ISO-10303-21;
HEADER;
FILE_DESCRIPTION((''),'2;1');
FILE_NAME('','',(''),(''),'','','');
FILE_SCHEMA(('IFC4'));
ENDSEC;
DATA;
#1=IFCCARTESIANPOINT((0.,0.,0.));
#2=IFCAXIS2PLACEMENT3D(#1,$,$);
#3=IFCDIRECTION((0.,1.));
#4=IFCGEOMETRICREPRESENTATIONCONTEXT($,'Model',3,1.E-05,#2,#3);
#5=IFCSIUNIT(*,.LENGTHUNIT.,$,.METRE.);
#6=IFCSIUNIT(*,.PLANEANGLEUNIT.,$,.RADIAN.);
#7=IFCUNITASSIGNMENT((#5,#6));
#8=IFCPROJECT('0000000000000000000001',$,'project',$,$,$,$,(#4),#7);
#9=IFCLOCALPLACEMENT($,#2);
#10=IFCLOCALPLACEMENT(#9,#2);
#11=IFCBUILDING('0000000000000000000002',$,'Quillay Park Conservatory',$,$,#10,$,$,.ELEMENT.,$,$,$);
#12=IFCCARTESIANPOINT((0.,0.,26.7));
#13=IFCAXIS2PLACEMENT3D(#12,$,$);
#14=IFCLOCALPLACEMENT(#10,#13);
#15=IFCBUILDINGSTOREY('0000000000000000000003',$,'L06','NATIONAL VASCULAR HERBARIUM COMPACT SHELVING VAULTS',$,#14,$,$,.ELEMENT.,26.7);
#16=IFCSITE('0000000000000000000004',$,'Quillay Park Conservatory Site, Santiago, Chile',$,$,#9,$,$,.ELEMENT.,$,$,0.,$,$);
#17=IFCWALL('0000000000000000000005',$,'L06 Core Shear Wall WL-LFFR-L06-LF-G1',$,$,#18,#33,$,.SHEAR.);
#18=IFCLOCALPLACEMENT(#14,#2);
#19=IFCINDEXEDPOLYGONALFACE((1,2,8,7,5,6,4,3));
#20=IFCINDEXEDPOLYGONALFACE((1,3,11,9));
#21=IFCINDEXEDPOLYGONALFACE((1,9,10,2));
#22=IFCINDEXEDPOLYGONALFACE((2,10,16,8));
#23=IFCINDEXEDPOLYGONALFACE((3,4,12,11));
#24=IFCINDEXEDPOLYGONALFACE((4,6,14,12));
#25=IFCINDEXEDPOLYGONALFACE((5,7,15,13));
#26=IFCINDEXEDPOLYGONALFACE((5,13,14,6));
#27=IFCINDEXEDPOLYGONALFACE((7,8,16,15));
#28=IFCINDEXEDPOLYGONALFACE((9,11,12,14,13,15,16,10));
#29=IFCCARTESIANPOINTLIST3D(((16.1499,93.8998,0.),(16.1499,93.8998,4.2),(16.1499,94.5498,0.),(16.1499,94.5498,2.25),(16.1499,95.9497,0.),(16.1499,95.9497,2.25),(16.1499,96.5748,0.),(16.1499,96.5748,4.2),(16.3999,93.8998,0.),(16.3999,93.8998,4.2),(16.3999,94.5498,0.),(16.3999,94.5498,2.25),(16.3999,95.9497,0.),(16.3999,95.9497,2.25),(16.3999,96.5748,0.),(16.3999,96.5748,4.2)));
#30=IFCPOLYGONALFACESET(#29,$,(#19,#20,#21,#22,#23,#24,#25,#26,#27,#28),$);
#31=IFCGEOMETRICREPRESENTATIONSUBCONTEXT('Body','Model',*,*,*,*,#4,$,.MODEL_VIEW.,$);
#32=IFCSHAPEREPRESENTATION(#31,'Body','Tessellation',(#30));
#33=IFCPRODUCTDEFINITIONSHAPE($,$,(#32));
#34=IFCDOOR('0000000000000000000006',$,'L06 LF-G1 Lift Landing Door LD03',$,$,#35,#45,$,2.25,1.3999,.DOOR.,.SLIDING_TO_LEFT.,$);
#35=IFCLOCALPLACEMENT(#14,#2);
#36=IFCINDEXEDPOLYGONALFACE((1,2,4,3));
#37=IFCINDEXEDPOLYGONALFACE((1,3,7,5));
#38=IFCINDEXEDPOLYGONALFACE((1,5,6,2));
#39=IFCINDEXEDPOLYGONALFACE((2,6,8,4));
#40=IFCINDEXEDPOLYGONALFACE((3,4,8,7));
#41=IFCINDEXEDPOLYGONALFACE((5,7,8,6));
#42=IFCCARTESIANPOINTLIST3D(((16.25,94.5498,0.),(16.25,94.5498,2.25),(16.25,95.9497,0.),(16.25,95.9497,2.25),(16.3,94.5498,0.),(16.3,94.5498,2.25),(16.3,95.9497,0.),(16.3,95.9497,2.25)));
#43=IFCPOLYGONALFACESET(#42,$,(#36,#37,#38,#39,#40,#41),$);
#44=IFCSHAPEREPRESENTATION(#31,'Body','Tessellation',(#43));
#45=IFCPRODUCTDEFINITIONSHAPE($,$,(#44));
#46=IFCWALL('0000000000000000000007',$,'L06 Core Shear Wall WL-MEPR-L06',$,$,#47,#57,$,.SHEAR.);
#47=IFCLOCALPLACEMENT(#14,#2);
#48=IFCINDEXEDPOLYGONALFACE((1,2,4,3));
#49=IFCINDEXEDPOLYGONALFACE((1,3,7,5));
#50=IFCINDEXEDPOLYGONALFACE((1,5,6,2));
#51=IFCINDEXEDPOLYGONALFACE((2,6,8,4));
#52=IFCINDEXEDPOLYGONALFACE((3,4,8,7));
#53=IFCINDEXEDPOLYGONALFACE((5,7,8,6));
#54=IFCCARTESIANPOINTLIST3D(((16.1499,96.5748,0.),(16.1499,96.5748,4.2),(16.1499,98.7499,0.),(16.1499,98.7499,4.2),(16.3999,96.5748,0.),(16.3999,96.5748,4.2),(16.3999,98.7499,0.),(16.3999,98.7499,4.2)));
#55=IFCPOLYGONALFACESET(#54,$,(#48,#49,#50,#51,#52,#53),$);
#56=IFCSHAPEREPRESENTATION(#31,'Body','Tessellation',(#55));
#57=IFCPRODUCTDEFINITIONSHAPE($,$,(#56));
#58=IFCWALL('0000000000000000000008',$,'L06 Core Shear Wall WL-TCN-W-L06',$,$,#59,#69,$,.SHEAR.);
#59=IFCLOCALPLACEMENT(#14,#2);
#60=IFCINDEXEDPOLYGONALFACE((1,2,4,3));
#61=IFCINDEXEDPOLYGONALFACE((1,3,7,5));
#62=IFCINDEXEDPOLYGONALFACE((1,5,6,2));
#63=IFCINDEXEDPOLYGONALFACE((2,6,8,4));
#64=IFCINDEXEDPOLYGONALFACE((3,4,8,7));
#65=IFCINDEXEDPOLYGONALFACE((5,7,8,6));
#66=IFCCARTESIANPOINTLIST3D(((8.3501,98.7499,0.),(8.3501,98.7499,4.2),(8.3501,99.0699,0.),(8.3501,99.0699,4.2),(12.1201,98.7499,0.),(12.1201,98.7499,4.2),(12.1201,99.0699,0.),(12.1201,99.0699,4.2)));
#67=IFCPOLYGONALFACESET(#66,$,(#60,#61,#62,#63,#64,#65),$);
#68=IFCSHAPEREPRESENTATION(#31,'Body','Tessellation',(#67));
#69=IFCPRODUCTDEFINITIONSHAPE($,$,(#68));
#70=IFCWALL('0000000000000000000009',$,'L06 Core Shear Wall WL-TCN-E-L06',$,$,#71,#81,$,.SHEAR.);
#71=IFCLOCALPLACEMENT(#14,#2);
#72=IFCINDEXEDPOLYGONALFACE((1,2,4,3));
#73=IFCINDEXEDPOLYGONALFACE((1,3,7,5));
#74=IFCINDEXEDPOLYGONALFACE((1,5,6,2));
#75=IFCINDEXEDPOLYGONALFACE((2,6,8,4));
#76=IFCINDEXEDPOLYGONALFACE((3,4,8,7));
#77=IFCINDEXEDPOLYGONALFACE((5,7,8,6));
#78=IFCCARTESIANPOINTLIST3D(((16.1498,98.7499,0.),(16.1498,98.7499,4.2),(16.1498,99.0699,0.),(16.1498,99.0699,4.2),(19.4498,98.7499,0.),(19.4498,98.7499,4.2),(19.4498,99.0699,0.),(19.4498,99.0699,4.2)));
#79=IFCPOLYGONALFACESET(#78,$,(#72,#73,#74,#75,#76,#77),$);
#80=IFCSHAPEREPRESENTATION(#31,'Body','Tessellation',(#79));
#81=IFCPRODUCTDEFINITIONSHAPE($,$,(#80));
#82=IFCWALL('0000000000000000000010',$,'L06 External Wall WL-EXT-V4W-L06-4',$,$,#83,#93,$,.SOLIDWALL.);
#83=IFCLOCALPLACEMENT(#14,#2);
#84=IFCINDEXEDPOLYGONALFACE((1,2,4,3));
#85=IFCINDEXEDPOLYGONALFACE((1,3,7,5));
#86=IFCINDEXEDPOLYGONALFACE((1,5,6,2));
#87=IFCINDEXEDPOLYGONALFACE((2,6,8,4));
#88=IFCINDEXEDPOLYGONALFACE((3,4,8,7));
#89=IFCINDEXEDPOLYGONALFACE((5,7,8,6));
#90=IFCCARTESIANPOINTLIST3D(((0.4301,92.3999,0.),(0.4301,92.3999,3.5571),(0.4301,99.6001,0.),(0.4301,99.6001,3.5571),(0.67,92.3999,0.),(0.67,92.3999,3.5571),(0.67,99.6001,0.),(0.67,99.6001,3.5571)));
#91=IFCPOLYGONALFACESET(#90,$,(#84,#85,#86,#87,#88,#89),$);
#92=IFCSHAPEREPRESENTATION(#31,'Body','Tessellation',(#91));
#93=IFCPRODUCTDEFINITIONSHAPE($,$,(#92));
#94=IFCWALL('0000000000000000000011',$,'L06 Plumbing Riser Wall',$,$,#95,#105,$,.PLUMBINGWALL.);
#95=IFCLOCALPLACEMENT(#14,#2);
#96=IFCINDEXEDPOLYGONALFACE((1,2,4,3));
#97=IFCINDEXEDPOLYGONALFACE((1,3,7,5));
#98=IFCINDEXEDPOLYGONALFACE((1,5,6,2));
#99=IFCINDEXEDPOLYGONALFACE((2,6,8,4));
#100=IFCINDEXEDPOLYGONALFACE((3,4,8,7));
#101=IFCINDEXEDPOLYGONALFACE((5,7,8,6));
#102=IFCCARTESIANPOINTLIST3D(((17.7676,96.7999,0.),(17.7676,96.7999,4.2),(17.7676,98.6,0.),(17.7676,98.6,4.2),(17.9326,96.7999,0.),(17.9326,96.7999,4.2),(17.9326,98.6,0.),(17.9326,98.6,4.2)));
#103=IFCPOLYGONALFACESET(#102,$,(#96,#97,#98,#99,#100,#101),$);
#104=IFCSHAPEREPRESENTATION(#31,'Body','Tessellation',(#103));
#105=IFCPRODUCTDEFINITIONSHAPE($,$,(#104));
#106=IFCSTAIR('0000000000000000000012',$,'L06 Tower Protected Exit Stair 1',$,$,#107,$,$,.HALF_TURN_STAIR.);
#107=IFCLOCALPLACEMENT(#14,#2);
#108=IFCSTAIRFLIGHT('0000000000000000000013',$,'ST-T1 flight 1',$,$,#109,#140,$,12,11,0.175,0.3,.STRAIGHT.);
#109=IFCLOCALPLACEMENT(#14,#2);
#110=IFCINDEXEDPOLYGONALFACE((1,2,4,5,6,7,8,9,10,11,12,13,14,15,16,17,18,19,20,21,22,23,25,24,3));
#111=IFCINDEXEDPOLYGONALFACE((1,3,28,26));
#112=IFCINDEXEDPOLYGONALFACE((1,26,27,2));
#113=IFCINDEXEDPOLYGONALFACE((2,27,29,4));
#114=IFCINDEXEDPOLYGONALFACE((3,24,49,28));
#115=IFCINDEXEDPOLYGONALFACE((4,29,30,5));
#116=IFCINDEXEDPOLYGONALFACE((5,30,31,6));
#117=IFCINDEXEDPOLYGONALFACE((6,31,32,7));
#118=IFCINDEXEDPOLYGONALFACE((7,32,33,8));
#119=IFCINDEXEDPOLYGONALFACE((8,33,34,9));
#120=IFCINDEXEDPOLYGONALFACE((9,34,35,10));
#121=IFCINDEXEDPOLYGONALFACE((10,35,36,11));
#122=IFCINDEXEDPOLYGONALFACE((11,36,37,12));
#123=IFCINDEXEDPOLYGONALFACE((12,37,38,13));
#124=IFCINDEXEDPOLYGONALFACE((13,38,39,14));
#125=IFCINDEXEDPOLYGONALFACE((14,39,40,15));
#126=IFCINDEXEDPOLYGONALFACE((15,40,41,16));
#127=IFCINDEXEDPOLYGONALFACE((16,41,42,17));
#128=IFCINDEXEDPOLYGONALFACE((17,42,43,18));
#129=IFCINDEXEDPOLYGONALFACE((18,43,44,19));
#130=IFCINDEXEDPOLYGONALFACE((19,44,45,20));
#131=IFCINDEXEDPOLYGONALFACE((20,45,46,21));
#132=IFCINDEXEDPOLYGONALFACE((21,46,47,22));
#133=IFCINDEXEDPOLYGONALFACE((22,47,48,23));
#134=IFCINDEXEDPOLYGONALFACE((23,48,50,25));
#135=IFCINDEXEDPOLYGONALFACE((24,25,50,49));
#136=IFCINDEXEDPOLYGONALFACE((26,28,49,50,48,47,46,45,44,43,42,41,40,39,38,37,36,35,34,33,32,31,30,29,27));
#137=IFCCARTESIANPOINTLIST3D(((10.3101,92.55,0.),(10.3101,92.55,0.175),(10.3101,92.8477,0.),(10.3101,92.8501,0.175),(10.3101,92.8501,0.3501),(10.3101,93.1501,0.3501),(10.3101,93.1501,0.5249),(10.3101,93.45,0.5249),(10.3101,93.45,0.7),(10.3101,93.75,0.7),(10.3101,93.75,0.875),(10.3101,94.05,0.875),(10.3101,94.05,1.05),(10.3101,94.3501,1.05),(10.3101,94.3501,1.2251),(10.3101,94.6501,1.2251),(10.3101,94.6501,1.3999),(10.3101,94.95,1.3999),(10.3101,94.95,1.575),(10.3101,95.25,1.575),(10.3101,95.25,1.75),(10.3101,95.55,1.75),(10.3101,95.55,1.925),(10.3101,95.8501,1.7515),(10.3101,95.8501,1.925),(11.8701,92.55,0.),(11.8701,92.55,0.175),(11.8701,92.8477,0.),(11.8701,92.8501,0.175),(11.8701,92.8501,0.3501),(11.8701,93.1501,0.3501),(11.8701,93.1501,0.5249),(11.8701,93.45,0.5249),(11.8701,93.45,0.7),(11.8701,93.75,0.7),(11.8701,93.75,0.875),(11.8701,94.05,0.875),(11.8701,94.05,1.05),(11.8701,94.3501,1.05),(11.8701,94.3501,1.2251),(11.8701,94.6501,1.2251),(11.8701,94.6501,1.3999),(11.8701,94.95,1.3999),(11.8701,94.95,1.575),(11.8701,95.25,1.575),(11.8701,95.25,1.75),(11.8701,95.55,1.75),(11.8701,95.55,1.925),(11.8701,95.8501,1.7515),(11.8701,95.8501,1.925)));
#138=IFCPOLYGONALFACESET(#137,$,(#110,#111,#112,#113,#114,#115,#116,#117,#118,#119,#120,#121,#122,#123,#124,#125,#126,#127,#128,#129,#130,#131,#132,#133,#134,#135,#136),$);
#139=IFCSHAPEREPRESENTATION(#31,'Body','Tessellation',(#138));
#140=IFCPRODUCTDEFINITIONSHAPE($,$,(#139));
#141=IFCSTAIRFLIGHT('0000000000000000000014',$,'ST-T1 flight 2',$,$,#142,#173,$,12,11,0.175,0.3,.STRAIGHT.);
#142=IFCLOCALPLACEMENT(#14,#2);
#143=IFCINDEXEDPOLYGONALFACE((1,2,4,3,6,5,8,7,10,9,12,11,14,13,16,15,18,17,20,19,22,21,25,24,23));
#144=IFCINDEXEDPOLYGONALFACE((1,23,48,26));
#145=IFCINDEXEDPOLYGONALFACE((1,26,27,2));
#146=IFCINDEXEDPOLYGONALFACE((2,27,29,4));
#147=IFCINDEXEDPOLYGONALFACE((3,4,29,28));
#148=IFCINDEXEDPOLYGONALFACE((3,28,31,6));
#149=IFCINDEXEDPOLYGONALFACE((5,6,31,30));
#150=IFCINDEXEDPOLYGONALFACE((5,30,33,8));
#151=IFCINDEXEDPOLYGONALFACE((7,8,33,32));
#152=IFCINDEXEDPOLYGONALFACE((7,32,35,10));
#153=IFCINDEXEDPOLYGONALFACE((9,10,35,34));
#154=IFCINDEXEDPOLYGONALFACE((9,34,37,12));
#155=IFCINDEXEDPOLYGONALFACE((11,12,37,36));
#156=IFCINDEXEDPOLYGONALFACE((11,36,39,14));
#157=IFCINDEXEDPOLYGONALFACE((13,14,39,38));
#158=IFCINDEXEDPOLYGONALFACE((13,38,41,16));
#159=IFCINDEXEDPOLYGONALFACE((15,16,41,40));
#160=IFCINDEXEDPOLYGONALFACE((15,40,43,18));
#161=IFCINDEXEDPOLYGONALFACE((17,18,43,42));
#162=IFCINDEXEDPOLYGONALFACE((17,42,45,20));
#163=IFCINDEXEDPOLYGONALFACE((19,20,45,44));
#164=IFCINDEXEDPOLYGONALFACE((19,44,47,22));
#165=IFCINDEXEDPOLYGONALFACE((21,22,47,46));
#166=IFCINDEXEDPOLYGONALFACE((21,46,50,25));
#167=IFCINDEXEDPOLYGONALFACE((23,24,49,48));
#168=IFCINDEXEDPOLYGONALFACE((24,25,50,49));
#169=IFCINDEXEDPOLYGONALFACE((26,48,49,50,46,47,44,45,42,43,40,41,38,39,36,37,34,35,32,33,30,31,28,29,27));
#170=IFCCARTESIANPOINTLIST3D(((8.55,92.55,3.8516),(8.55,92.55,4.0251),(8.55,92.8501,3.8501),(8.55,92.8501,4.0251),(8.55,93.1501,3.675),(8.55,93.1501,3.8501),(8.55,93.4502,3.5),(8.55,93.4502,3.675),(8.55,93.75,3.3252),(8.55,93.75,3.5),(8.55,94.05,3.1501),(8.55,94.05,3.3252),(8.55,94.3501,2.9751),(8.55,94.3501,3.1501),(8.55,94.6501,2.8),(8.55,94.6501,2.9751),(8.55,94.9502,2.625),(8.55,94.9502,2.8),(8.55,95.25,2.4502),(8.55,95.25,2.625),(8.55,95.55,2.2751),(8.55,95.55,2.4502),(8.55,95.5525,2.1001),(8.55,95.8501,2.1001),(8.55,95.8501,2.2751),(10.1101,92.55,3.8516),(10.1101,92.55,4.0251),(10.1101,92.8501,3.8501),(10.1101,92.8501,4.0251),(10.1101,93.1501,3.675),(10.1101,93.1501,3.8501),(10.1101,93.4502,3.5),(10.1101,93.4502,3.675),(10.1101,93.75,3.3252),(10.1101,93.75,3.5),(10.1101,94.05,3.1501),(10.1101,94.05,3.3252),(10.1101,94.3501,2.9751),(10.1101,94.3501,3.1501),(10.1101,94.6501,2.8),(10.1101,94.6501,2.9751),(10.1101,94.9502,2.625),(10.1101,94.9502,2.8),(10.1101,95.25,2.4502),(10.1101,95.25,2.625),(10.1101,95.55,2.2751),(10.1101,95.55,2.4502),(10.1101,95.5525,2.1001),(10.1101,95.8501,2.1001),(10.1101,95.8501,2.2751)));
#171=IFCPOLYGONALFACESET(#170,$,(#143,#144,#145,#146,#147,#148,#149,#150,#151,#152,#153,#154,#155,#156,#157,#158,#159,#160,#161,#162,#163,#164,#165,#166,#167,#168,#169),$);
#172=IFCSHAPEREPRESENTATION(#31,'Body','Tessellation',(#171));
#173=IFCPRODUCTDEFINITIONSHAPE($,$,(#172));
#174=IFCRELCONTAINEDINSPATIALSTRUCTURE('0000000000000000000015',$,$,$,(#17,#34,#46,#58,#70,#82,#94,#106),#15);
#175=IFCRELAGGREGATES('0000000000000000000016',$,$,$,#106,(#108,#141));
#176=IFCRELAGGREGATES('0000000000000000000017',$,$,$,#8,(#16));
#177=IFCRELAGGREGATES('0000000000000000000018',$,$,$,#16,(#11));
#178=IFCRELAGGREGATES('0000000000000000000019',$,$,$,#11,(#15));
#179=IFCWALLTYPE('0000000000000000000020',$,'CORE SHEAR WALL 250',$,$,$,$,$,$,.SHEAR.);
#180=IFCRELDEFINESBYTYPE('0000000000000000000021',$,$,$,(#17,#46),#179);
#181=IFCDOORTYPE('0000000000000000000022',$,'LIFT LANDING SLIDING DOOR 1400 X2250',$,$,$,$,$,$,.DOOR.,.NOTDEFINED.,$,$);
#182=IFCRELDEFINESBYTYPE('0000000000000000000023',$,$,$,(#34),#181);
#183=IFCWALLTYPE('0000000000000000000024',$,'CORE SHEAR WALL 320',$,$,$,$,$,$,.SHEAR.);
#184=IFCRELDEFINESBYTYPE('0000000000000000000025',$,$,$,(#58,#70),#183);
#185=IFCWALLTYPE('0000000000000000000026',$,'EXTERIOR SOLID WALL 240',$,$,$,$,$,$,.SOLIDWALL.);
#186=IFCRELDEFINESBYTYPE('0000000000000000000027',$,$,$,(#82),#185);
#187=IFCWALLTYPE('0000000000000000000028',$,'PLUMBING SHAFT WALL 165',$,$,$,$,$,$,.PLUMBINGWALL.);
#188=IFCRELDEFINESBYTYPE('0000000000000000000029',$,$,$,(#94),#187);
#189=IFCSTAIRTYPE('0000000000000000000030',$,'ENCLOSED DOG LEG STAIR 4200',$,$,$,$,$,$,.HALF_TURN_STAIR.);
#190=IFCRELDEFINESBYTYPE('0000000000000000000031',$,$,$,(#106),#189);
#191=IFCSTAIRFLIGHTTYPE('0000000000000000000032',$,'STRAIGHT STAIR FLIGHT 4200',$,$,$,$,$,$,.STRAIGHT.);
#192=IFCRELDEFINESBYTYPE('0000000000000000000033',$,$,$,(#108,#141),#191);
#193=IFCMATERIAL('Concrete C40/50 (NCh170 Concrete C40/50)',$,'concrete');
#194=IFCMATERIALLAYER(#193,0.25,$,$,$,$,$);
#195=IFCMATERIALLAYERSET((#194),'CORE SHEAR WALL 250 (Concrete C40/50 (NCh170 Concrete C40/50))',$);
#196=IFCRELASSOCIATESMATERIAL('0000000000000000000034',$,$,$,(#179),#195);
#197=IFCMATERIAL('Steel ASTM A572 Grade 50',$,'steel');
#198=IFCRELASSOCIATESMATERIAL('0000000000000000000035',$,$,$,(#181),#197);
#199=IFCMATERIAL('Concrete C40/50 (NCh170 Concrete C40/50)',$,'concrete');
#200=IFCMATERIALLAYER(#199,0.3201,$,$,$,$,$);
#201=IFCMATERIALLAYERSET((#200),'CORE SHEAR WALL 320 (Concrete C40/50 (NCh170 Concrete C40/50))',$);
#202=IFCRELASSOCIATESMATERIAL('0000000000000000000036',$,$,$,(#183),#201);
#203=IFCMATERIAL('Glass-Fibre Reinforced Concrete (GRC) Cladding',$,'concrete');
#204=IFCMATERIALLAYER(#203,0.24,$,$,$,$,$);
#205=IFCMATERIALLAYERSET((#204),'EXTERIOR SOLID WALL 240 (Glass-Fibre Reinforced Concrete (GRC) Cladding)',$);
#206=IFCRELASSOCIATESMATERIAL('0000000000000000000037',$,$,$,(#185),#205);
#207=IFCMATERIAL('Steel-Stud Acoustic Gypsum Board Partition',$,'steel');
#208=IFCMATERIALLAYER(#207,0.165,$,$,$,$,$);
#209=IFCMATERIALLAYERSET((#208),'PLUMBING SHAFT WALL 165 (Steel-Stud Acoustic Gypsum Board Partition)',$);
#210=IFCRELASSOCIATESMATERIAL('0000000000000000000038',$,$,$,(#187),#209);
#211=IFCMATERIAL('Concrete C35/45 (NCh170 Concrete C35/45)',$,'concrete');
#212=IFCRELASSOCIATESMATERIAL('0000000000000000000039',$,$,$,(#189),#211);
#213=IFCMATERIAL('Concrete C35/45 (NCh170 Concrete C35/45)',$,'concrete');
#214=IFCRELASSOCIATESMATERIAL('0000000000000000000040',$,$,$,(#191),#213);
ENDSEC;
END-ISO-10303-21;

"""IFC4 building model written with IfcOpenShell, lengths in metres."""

from ifc_helpers import new_model, si_unit, direction, frame, frame_2d, origin, place, context, subcontext, project, spatial, polyline, rectangle, outline, extrude, material, layer, layer_set, type_object, element, fill, aggregate, save


model = new_model("IFC4")

# Units and contexts
model_context = context("Model", 3, precision=1e-05, world=origin(), true_north=direction((0.0, 1.0)))
body_context = subcontext(model_context, "Body", "Model", "MODEL_VIEW")
ifc_project = project(units=[si_unit("LENGTHUNIT", "METRE"), si_unit("PLANEANGLEUNIT", "RADIAN")], contexts=[model_context])

# Site, building, storey
site_placement = place(None, origin())
site = spatial("IfcSite", under=ifc_project, at=site_placement, Name="Quillay Park Conservatory Site, Santiago, Chile", CompositionType="ELEMENT", RefElevation=0.0)
building_placement = place(site_placement, origin())
building = spatial("IfcBuilding", under=site, at=building_placement, Name="Quillay Park Conservatory", CompositionType="ELEMENT")
storey_placement = place(building_placement, frame((0.0, 0.0, 26.7)))
storey = spatial("IfcBuildingStorey", under=building, at=storey_placement, Name="L06", Description="NATIONAL VASCULAR HERBARIUM COMPACT SHELVING VAULTS", CompositionType="ELEMENT", Elevation=26.7)

# Wall, opening, door
ifc_material_1 = material(Name="Concrete C40/50 (NCh170 Concrete C40/50)", Category="concrete")
ifc_layer_1 = layer(ifc_material_1, 0.25)
ifc_layer_set_1 = layer_set([ifc_layer_1], Name="CORE SHEAR WALL 250 (Concrete C40/50 (NCh170 Concrete C40/50))")
wall_type_1 = type_object("IfcWallType", Name="CORE SHEAR WALL 250", PredefinedType="SHEAR", material=ifc_layer_set_1)
wall_1_placement = place(storey_placement, frame((16.2749, 93.8999, 0.0), z_axis=(0.0, 0.0, 1.0), x_axis=(0.0, 1.0, 0.0)))
wall_1 = element("IfcWall", 1, at=wall_1_placement, inside=storey, type_object=wall_type_1, Name="L06 Core Shear Wall WL-LFFR-L06-LF-G1", PredefinedType="SHEAR", context=body_context, shape_type="SweptSolid", body=[
    extrude(rectangle(XDim=2.675, YDim=0.25, at=frame_2d((1.3374, 0.0))), origin(), (0.0, 0.0, 1.0), 4.2),
])
opening_1_placement = place(wall_1_placement, frame((0.6499, 0.0, 0.0)))
opening_1 = element("IfcOpeningElement", 2, at=opening_1_placement, cuts=wall_1, PredefinedType="OPENING", context=body_context, shape_type="SweptSolid", body=[
    extrude(rectangle(XDim=1.3999, YDim=2.25, at=frame_2d((0.7, 1.125))), frame((0.0, 0.125, 0.0), z_axis=(0.0, -1.0, 0.0), x_axis=(1.0, 0.0, 0.0)), (0.0, 0.0, 1.0), 0.25),
])
ifc_material_2 = material(Name="Steel ASTM A572 Grade 50", Category="steel")
door_type_1 = type_object("IfcDoorType", Name="LIFT LANDING SLIDING DOOR 1400 X2250", OperationType="NOTDEFINED", PredefinedType="DOOR", material=ifc_material_2)
door_1_placement = place(opening_1_placement, origin())
door_1 = element("IfcDoor", 3, at=door_1_placement, inside=storey, type_object=door_type_1, Name="L06 LF-G1 Lift Landing Door LD03", OperationType="SLIDING_TO_LEFT", OverallHeight=2.25, OverallWidth=1.3999, PredefinedType="DOOR", context=body_context, shape_type="SweptSolid", body=[
    extrude(rectangle(XDim=1.3999, YDim=2.25, at=frame_2d((0.7, 1.125))), frame((0.0, 0.0249, 0.0), z_axis=(0.0, -1.0, 0.0), x_axis=(1.0, 0.0, 0.0)), (0.0, 0.0, 1.0), 0.05),
])
fill(opening_1, door_1)

# Walls
wall_2_placement = place(storey_placement, frame((16.2749, 96.575, 0.0), z_axis=(0.0, 0.0, 1.0), x_axis=(0.0, 1.0, 0.0)))
element("IfcWall", 4, at=wall_2_placement, inside=storey, type_object=wall_type_1, Name="L06 Core Shear Wall WL-MEPR-L06", PredefinedType="SHEAR", context=body_context, shape_type="SweptSolid", body=[
    extrude(rectangle(XDim=2.175, YDim=0.25, at=frame_2d((1.0874, 0.0))), origin(), (0.0, 0.0, 1.0), 4.2),
])
ifc_material_3 = material(Name="Concrete C40/50 (NCh170 Concrete C40/50)", Category="concrete")
ifc_layer_2 = layer(ifc_material_3, 0.3201)
ifc_layer_set_2 = layer_set([ifc_layer_2], Name="CORE SHEAR WALL 320 (Concrete C40/50 (NCh170 Concrete C40/50))")
wall_type_2 = type_object("IfcWallType", Name="CORE SHEAR WALL 320", PredefinedType="SHEAR", material=ifc_layer_set_2)
wall_3_placement = place(storey_placement, frame((8.3501, 98.9099, 0.0), z_axis=(0.0, 0.0, 1.0), x_axis=(1.0, 0.0, 0.0)))
element("IfcWall", 5, at=wall_3_placement, inside=storey, type_object=wall_type_2, Name="L06 Core Shear Wall WL-TCN-W-L06", PredefinedType="SHEAR", context=body_context, shape_type="SweptSolid", body=[
    extrude(rectangle(XDim=3.77, YDim=0.3201, at=frame_2d((1.885, 0.0))), origin(), (0.0, 0.0, 1.0), 4.2),
])
wall_4_placement = place(storey_placement, frame((16.1499, 98.9099, 0.0), z_axis=(0.0, 0.0, 1.0), x_axis=(1.0, 0.0, 0.0)))
element("IfcWall", 6, at=wall_4_placement, inside=storey, type_object=wall_type_2, Name="L06 Core Shear Wall WL-TCN-E-L06", PredefinedType="SHEAR", context=body_context, shape_type="SweptSolid", body=[
    extrude(rectangle(XDim=3.3, YDim=0.3201, at=frame_2d((1.6499, 0.0))), origin(), (0.0, 0.0, 1.0), 4.2),
])
ifc_material_4 = material(Name="Glass-Fibre Reinforced Concrete (GRC) Cladding", Category="concrete")
ifc_layer_3 = layer(ifc_material_4, 0.24)
ifc_layer_set_3 = layer_set([ifc_layer_3], Name="EXTERIOR SOLID WALL 240 (Glass-Fibre Reinforced Concrete (GRC) Cladding)")
wall_type_3 = type_object("IfcWallType", Name="EXTERIOR SOLID WALL 240", PredefinedType="SOLIDWALL", material=ifc_layer_set_3)
wall_5_placement = place(storey_placement, frame((0.55, 92.3999, 0.0), z_axis=(0.0, 0.0, 1.0), x_axis=(0.0, 1.0, 0.0)))
element("IfcWall", 7, at=wall_5_placement, inside=storey, type_object=wall_type_3, Name="L06 External Wall WL-EXT-V4W-L06-4", PredefinedType="SOLIDWALL", context=body_context, shape_type="SweptSolid", body=[
    extrude(rectangle(XDim=7.2002, YDim=0.24, at=frame_2d((3.6001, 0.0))), origin(), (0.0, 0.0, 1.0), 3.5571),
])
ifc_material_5 = material(Name="Steel-Stud Acoustic Gypsum Board Partition", Category="steel")
ifc_layer_4 = layer(ifc_material_5, 0.165)
ifc_layer_set_4 = layer_set([ifc_layer_4], Name="PLUMBING SHAFT WALL 165 (Steel-Stud Acoustic Gypsum Board Partition)")
wall_type_4 = type_object("IfcWallType", Name="PLUMBING SHAFT WALL 165", PredefinedType="PLUMBINGWALL", material=ifc_layer_set_4)
wall_6_placement = place(storey_placement, frame((17.8501, 96.8, 0.0), z_axis=(0.0, 0.0, 1.0), x_axis=(0.0, 1.0, 0.0)))
element("IfcWall", 8, at=wall_6_placement, inside=storey, type_object=wall_type_4, Name="L06 Plumbing Riser Wall", PredefinedType="PLUMBINGWALL", context=body_context, shape_type="SweptSolid", body=[
    extrude(rectangle(XDim=1.8, YDim=0.165, at=frame_2d((0.8999, 0.0))), origin(), (0.0, 0.0, 1.0), 4.2),
])

# Stair, stair flights
ifc_material_6 = material(Name="Concrete C35/45 (NCh170 Concrete C35/45)", Category="concrete")
stair_type = type_object("IfcStairType", Name="ENCLOSED DOG LEG STAIR 4200", PredefinedType="HALF_TURN_STAIR", material=ifc_material_6)
stair_placement = place(storey_placement, origin())
stair = element("IfcStair", 9, at=stair_placement, inside=storey, type_object=stair_type, Name="L06 Tower Protected Exit Stair 1", PredefinedType="HALF_TURN_STAIR")
ifc_material_7 = material(Name="Concrete C35/45 (NCh170 Concrete C35/45)", Category="concrete")
stair_flight_type = type_object("IfcStairFlightType", Name="STRAIGHT STAIR FLIGHT 4200", PredefinedType="STRAIGHT", material=ifc_material_7)
stair_flight_1_placement = place(storey_placement, frame((11.0901, 92.55, 0.0), z_axis=(0.0, 0.0, 1.0), x_axis=(0.0, 1.0, 0.0)))
stair_flight_1 = element("IfcStairFlight", 10, at=stair_flight_1_placement, type_object=stair_flight_type, Name="ST-T1 flight 1", NumberOfRisers=12, NumberOfTreads=11, PredefinedType="STRAIGHT", RiserHeight=0.175, TreadLength=0.3, context=body_context, shape_type="SweptSolid", body=[
    extrude(outline(polyline([(0.0, 0.0), (0.0, 0.175), (0.3, 0.175), (0.3, 0.3501), (0.6001, 0.3501), (0.6001, 0.5249), (0.8999, 0.5249), (0.8999, 0.7), (1.2, 0.7), (1.2, 0.875), (1.5, 0.875), (1.5, 1.05), (1.8, 1.05), (1.8, 1.2251), (2.1001, 1.2251), (2.1001, 1.3999), (2.3999, 1.3999), (2.3999, 1.575), (2.7, 1.575), (2.7, 1.75), (3.0, 1.75), (3.0, 1.925), (3.3, 1.925), (3.3, 2.1001), (3.3, 1.7515), (0.2976, 0.0), (0.0, 0.0)])), frame((0.0, 0.78, 0.0), z_axis=(0.0, -1.0, 0.0), x_axis=(1.0, 0.0, 0.0)), (0.0, 0.0, 1.0), 1.5601),
])
stair_flight_2_placement = place(storey_placement, frame((9.3301, 95.8501, 2.1001), z_axis=(0.0, 0.0, 1.0), x_axis=(0.0, -1.0, 0.0)))
stair_flight_2 = element("IfcStairFlight", 11, at=stair_flight_2_placement, type_object=stair_flight_type, Name="ST-T1 flight 2", NumberOfRisers=12, NumberOfTreads=11, PredefinedType="STRAIGHT", RiserHeight=0.175, TreadLength=0.3, context=body_context, shape_type="SweptSolid", body=[
    extrude(outline(polyline([(0.0, 0.0), (0.0, 0.175), (0.3, 0.175), (0.3, 0.3501), (0.6001, 0.3501), (0.6001, 0.5249), (0.8999, 0.5249), (0.8999, 0.7), (1.2, 0.7), (1.2, 0.875), (1.5, 0.875), (1.5, 1.05), (1.8, 1.05), (1.8, 1.2251), (2.1001, 1.2251), (2.1001, 1.3999), (2.3999, 1.3999), (2.3999, 1.575), (2.7, 1.575), (2.7, 1.75), (3.0, 1.75), (3.0, 1.925), (3.3, 1.925), (3.3, 2.1001), (3.3, 1.7515), (0.2976, 0.0), (0.0, 0.0)])), frame((0.0, 0.78, 0.0), z_axis=(0.0, -1.0, 0.0), x_axis=(1.0, 0.0, 0.0)), (0.0, 0.0, 1.0), 1.5601),
])
aggregate(stair, [stair_flight_1, stair_flight_2])

save(model, "model.ifc")
